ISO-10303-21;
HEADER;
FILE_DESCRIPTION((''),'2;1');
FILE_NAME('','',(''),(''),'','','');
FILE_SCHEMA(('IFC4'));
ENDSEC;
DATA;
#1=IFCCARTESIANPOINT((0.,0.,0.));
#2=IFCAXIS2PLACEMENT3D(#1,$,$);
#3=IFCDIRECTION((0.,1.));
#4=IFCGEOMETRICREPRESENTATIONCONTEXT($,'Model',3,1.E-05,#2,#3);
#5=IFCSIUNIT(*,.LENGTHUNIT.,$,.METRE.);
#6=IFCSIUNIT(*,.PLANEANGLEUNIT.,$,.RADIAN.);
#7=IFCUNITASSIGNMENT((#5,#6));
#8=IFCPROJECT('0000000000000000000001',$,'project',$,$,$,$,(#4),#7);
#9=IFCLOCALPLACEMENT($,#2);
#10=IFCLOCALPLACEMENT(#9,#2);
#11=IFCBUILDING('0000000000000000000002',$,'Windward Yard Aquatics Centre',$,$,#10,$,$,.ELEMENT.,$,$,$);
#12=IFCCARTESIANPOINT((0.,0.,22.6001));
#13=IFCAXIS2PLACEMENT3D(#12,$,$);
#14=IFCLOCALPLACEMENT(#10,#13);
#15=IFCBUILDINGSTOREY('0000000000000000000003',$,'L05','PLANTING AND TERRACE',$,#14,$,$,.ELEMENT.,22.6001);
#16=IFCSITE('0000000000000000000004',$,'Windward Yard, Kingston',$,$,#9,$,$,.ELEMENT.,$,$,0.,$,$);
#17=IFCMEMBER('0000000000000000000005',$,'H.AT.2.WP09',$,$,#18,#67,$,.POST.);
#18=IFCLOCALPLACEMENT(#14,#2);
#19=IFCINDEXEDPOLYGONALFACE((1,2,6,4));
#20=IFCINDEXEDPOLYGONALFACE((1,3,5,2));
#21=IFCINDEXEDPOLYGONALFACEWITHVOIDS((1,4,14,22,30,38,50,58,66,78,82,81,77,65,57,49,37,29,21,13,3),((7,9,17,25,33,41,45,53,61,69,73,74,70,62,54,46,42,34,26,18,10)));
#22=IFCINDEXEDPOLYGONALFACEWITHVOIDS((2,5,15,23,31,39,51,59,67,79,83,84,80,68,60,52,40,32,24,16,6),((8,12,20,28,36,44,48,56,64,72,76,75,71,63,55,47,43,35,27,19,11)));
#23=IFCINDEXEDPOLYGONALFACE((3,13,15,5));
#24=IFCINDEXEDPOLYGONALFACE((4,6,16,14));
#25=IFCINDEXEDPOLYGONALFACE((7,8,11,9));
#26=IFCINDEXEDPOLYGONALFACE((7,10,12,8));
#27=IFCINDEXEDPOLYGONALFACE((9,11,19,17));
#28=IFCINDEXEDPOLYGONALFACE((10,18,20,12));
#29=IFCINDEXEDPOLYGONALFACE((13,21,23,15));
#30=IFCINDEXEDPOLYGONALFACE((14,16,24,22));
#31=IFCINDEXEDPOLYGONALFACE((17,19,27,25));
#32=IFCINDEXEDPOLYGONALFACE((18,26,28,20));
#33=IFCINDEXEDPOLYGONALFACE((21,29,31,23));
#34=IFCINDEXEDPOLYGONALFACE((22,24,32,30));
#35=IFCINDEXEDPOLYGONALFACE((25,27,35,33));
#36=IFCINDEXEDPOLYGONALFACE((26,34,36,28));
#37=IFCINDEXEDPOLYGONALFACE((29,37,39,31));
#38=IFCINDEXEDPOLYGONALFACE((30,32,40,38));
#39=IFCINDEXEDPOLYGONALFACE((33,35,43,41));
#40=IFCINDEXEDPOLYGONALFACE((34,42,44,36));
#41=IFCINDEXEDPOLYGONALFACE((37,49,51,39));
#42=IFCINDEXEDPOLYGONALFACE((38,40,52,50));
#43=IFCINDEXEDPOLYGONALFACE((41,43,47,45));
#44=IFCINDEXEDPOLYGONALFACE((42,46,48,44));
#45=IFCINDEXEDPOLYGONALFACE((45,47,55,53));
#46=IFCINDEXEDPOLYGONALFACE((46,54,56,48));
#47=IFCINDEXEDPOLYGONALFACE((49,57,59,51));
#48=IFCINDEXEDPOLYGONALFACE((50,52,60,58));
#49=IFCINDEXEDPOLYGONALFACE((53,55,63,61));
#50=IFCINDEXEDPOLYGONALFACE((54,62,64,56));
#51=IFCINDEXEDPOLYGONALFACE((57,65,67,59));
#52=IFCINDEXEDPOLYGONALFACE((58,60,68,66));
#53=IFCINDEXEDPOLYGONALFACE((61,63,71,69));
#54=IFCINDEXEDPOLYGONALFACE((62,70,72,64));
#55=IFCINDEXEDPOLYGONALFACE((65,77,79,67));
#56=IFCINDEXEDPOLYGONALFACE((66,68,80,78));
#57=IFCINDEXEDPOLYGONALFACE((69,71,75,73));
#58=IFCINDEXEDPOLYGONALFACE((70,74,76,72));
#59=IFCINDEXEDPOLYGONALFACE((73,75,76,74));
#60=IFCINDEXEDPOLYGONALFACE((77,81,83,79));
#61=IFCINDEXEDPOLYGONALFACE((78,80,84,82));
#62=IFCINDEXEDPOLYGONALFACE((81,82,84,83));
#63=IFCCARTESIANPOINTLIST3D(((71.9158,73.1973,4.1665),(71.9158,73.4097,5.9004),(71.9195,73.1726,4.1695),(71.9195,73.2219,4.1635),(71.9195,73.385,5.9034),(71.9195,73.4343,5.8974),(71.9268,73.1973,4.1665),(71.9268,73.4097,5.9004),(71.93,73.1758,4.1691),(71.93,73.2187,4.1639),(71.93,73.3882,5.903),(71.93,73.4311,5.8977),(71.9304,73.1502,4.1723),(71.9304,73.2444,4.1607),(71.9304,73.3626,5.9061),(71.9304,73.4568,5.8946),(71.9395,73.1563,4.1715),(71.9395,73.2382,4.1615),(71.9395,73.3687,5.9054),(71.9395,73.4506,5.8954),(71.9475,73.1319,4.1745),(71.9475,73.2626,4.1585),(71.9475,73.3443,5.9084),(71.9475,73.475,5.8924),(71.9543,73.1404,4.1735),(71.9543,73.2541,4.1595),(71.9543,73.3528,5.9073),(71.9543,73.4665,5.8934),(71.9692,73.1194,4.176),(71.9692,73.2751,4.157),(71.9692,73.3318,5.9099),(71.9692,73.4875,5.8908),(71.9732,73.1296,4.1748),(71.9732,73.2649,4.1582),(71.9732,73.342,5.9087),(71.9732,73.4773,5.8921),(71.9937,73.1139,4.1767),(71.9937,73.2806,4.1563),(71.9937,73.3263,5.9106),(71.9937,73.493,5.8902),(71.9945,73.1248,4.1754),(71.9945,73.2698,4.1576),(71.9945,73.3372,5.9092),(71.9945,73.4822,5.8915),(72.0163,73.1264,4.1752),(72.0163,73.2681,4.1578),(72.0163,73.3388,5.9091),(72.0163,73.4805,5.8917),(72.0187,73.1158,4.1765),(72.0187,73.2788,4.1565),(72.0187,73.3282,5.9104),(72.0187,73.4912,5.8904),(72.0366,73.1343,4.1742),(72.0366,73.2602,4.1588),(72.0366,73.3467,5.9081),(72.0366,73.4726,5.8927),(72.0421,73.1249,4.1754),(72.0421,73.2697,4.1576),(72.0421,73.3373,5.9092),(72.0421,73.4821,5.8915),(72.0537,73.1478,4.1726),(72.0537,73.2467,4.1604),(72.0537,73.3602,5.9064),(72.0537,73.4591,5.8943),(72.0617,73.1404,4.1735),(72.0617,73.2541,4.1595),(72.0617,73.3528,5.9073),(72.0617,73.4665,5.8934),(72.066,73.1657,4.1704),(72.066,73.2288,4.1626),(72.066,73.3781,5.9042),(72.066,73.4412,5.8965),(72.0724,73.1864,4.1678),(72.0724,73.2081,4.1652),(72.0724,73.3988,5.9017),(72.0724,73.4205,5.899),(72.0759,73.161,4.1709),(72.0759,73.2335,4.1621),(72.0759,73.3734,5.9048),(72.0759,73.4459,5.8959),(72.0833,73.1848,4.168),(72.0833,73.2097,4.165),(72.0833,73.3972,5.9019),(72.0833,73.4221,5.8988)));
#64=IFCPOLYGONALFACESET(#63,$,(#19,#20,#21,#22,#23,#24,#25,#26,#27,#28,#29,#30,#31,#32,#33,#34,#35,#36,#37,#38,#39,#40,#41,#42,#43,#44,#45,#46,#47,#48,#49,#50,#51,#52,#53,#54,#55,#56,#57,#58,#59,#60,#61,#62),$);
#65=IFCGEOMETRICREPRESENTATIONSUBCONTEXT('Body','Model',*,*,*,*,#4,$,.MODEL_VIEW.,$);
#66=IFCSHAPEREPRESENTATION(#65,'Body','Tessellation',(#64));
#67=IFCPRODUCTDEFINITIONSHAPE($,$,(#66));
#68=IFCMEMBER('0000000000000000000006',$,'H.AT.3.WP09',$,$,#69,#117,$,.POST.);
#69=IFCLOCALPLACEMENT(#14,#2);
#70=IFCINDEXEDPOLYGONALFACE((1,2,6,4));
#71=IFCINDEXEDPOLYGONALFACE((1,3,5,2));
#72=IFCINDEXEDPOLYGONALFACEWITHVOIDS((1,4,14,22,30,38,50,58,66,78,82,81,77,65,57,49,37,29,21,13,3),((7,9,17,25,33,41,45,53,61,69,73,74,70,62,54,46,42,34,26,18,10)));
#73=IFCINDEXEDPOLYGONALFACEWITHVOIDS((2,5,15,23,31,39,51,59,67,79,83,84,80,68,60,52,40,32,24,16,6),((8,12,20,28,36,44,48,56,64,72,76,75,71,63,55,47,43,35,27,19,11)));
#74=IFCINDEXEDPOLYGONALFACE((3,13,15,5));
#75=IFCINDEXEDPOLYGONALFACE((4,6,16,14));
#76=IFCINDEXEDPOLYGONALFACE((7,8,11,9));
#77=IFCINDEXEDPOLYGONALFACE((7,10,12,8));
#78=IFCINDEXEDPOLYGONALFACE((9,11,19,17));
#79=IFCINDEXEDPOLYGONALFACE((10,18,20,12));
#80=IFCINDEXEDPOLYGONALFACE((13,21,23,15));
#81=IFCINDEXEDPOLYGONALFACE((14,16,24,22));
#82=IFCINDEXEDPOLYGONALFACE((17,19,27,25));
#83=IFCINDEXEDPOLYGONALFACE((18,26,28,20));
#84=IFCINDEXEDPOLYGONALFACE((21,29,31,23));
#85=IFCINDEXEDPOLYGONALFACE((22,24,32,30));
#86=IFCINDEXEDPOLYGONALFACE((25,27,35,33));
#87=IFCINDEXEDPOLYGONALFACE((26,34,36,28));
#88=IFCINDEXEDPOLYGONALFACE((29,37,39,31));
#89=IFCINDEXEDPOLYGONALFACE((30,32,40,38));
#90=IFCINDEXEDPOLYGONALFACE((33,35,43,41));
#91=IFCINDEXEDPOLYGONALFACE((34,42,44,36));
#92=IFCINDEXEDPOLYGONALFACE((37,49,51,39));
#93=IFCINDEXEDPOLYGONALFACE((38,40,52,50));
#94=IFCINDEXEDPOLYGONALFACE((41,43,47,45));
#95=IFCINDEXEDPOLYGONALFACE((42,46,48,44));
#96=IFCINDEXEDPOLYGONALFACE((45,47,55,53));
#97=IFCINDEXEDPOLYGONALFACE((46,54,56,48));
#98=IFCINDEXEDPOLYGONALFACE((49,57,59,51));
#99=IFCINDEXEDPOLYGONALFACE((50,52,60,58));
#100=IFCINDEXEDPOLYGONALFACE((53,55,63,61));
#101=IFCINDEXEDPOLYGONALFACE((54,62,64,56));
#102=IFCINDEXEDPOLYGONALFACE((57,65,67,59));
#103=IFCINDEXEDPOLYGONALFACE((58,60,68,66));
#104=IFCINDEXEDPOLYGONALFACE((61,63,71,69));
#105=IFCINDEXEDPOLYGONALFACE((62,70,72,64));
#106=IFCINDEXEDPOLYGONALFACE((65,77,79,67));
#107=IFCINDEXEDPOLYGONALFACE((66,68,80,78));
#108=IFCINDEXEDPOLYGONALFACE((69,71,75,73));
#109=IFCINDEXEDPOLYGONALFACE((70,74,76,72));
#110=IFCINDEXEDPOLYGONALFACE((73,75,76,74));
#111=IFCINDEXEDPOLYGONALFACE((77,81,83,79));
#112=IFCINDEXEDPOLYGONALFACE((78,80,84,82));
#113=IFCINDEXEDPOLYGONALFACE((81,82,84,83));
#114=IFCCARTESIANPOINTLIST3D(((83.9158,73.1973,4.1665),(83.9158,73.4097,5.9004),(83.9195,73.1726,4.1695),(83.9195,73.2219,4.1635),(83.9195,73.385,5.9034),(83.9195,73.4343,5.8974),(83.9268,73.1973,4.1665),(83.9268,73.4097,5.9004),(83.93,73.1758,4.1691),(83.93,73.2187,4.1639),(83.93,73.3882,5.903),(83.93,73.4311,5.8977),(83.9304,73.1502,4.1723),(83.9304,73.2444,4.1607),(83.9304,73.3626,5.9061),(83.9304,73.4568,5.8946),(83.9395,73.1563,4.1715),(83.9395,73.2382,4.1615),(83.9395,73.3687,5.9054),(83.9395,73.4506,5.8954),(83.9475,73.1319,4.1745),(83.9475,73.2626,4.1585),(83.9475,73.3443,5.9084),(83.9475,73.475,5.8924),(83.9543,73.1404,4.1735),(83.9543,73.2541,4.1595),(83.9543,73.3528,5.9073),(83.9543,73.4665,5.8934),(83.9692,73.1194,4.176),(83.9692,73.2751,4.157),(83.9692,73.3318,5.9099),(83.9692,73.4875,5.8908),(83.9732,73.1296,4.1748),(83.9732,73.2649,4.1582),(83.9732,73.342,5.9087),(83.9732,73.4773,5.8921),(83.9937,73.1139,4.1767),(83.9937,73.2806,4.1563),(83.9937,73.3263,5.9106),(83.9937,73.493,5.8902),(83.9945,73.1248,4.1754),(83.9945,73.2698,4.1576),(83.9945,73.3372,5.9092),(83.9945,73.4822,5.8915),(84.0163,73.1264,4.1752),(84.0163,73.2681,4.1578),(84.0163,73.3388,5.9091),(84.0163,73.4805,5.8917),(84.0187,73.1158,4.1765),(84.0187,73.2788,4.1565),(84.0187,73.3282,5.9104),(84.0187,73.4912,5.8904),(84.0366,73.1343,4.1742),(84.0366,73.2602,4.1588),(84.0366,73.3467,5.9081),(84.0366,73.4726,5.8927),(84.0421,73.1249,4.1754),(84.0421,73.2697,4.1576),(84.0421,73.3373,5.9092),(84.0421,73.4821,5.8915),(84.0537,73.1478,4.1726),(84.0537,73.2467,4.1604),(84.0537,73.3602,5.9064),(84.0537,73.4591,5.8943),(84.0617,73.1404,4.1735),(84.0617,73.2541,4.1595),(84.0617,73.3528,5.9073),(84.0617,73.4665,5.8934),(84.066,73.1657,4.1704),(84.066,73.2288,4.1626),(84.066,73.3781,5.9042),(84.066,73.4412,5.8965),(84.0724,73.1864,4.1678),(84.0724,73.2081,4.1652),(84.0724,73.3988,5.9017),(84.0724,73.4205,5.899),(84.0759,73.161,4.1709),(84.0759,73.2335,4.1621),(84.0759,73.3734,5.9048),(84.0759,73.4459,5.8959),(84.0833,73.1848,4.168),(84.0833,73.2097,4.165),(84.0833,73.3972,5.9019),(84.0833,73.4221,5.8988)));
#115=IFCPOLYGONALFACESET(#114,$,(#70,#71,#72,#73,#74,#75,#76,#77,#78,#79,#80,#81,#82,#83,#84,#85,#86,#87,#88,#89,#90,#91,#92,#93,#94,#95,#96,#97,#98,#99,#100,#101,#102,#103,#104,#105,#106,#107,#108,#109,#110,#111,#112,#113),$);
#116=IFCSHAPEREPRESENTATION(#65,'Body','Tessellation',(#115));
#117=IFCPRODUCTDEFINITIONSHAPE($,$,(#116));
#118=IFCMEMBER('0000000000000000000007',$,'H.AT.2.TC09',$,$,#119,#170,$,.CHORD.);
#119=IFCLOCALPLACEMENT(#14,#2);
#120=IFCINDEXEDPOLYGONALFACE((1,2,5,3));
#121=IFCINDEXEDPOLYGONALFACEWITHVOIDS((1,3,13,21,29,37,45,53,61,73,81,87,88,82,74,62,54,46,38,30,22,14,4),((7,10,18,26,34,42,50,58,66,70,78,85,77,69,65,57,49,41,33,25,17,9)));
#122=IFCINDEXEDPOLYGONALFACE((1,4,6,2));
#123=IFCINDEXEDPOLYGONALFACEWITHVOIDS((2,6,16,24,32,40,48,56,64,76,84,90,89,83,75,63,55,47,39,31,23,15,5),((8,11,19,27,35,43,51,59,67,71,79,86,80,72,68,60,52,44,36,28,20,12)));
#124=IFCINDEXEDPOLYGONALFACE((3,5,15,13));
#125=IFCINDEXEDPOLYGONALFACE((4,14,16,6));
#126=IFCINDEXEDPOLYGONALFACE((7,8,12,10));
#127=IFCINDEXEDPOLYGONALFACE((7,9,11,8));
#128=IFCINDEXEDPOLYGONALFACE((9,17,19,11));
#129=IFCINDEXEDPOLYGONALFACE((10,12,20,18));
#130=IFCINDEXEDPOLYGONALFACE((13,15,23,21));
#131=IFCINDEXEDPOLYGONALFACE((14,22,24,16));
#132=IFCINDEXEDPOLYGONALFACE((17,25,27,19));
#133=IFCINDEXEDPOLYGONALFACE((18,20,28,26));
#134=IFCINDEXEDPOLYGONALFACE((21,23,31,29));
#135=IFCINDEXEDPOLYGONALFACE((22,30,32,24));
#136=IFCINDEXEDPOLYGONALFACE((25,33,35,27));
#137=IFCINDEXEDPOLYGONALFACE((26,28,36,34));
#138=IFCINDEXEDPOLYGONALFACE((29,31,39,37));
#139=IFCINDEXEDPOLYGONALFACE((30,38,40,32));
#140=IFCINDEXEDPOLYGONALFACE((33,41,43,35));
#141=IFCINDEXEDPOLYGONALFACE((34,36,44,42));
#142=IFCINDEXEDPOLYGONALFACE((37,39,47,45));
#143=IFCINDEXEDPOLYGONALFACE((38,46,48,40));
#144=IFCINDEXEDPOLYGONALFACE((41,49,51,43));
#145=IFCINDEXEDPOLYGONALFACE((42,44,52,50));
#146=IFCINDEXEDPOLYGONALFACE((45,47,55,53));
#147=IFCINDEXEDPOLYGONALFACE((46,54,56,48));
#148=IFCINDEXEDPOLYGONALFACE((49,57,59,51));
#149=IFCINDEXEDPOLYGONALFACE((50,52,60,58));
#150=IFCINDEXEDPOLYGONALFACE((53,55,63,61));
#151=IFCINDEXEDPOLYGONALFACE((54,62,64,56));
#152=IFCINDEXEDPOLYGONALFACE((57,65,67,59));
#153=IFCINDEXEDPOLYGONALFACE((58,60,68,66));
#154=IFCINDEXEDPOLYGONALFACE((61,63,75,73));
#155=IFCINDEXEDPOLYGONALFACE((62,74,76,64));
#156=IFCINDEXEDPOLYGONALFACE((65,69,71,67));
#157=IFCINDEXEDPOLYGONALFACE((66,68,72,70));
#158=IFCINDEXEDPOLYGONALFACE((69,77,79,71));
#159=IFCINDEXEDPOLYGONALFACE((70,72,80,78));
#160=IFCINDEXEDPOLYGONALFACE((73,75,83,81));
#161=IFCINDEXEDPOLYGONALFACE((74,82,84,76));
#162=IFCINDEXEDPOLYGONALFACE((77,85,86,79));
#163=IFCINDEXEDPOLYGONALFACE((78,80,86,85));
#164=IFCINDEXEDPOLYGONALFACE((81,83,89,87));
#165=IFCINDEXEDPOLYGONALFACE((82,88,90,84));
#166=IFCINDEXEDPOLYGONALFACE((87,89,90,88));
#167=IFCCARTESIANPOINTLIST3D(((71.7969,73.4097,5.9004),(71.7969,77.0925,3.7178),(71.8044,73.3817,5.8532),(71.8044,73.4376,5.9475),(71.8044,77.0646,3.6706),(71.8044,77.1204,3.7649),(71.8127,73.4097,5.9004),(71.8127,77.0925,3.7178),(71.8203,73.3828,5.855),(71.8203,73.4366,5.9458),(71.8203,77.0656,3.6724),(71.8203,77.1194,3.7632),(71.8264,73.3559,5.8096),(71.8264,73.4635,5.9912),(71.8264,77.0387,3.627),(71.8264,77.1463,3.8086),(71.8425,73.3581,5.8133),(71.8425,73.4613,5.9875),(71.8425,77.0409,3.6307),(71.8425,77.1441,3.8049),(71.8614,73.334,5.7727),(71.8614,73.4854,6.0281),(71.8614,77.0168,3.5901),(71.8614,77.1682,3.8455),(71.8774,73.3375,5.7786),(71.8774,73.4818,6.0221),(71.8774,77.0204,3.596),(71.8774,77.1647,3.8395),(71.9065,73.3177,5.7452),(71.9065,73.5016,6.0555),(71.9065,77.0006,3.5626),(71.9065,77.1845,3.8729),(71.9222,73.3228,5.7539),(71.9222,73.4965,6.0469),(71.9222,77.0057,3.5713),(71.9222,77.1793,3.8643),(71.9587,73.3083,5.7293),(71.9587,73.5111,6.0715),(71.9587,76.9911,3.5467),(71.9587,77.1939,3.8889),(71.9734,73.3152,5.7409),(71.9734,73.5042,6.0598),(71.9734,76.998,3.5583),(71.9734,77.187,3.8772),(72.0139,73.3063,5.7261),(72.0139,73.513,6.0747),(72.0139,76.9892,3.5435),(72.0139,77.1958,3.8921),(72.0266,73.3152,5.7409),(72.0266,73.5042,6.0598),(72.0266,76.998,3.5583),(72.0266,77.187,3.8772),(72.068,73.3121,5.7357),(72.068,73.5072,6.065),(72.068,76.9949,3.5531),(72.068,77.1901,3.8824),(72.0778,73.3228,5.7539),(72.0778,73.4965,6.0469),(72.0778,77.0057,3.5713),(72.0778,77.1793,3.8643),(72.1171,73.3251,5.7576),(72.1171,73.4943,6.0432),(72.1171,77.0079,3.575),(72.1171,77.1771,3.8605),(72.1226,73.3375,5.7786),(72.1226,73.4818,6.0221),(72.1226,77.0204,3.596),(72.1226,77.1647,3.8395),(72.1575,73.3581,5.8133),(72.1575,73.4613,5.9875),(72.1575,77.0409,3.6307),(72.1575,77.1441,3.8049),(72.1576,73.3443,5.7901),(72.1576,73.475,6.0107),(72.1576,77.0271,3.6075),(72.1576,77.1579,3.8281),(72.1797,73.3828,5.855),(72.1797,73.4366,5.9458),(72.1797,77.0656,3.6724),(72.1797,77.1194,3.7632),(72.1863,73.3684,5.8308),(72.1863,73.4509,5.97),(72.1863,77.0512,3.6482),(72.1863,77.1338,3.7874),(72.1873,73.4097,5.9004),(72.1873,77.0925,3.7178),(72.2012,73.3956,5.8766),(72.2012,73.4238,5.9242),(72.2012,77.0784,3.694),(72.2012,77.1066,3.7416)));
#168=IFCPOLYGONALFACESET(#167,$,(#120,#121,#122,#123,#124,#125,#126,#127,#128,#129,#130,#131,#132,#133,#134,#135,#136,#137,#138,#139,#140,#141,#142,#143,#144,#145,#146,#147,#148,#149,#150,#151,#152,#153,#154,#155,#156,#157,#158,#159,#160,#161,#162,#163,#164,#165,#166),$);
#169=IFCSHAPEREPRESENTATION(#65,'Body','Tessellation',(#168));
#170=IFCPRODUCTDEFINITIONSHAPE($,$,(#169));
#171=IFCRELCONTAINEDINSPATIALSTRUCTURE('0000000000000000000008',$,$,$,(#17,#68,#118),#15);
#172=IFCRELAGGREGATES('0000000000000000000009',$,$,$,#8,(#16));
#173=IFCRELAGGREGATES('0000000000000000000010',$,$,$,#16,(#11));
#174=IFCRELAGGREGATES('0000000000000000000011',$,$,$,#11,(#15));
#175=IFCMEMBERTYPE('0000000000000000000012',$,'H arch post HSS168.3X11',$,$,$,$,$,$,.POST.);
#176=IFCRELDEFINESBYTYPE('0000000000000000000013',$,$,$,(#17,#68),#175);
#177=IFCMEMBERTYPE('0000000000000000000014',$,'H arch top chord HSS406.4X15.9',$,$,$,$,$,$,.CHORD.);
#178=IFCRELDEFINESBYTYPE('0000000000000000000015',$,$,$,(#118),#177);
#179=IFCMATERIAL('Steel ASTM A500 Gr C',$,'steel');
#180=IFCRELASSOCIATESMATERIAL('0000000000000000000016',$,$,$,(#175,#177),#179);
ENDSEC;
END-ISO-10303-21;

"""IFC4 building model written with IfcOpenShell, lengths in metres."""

from ifc_helpers import new_model, si_unit, direction, frame, origin, origin_2d, place, context, subcontext, project, spatial, hollow_circle, extrude, material, material_profile, profile_set, type_object, element, save


model = new_model("IFC4")

# Units and contexts
model_context = context("Model", 3, precision=1e-05, world=origin(), true_north=direction((0.0, 1.0)))
body_context = subcontext(model_context, "Body", "Model", "MODEL_VIEW")
ifc_project = project(units=[si_unit("LENGTHUNIT", "METRE"), si_unit("PLANEANGLEUNIT", "RADIAN")], contexts=[model_context])

# Site, building, storey
site_placement = place(None, origin())
site = spatial("IfcSite", under=ifc_project, at=site_placement, Name="Windward Yard, Kingston", CompositionType="ELEMENT", RefElevation=0.0)
building_placement = place(site_placement, origin())
building = spatial("IfcBuilding", under=site, at=building_placement, Name="Windward Yard Aquatics Centre", CompositionType="ELEMENT")
storey_placement = place(building_placement, frame((0.0, 0.0, 22.6001)))
storey = spatial("IfcBuildingStorey", under=building, at=storey_placement, Name="L05", Description="PLANTING AND TERRACE", CompositionType="ELEMENT", Elevation=22.6001)

# Members
ifc_material_1 = material(Name="Steel ASTM A500 Gr C", Category="steel")
ifc_material_profile_1 = material_profile(ifc_material_1, hollow_circle(Radius=0.0842, WallThickness=0.011, at=origin_2d()), Name="HSS168.3X11")
ifc_profile_set_1 = profile_set([ifc_material_profile_1], Name="Steel ASTM A500 Gr C")
member_type_1 = type_object("IfcMemberType", Name="H arch post HSS168.3X11", PredefinedType="POST", material=ifc_profile_set_1)
for number, where, z_axis, x_axis, name in (
    (1, (72.0, 73.1973, 4.1665), (0.0, 0.121592, 0.99258), (-1.0, 0.0, 0.0), "H.AT.2.WP09"),
    (2, (84.0, 73.1973, 4.1665), (0.0, 0.121592, 0.99258), (-1.0, 0.0, 0.0), "H.AT.3.WP09"),
):
    element("IfcMember", number, at=place(storey_placement, frame(where, z_axis=z_axis, x_axis=x_axis)), inside=storey, type_object=member_type_1, Name=name, PredefinedType="POST", context=body_context, shape_type="SweptSolid", body=[
        extrude(hollow_circle(Radius=0.0842, WallThickness=0.011, at=origin_2d()), origin(), (0.0, 0.0, 1.0), 1.7468),
    ])
ifc_material_profile_2 = material_profile(ifc_material_1, hollow_circle(Radius=0.2031, WallThickness=0.0159, at=origin_2d()), Name="HSS406.4X15.9")
ifc_profile_set_2 = profile_set([ifc_material_profile_2], Name="Steel ASTM A500 Gr C")
member_type_2 = type_object("IfcMemberType", Name="H arch top chord HSS406.4X15.9", PredefinedType="CHORD", material=ifc_profile_set_2)
member_1_placement = place(storey_placement, frame((72.0, 73.4097, 5.9004), z_axis=(0.0, 0.860273, -0.509834), x_axis=(-1.0, 0.0, 0.0)))
element("IfcMember", 3, at=member_1_placement, inside=storey, type_object=member_type_2, Name="H.AT.2.TC09", PredefinedType="CHORD", context=body_context, shape_type="SweptSolid", body=[
    extrude(hollow_circle(Radius=0.2031, WallThickness=0.0159, at=origin_2d()), origin(), (0.0, 0.0, 1.0), 4.281),
])

save(model, "model.ifc")
